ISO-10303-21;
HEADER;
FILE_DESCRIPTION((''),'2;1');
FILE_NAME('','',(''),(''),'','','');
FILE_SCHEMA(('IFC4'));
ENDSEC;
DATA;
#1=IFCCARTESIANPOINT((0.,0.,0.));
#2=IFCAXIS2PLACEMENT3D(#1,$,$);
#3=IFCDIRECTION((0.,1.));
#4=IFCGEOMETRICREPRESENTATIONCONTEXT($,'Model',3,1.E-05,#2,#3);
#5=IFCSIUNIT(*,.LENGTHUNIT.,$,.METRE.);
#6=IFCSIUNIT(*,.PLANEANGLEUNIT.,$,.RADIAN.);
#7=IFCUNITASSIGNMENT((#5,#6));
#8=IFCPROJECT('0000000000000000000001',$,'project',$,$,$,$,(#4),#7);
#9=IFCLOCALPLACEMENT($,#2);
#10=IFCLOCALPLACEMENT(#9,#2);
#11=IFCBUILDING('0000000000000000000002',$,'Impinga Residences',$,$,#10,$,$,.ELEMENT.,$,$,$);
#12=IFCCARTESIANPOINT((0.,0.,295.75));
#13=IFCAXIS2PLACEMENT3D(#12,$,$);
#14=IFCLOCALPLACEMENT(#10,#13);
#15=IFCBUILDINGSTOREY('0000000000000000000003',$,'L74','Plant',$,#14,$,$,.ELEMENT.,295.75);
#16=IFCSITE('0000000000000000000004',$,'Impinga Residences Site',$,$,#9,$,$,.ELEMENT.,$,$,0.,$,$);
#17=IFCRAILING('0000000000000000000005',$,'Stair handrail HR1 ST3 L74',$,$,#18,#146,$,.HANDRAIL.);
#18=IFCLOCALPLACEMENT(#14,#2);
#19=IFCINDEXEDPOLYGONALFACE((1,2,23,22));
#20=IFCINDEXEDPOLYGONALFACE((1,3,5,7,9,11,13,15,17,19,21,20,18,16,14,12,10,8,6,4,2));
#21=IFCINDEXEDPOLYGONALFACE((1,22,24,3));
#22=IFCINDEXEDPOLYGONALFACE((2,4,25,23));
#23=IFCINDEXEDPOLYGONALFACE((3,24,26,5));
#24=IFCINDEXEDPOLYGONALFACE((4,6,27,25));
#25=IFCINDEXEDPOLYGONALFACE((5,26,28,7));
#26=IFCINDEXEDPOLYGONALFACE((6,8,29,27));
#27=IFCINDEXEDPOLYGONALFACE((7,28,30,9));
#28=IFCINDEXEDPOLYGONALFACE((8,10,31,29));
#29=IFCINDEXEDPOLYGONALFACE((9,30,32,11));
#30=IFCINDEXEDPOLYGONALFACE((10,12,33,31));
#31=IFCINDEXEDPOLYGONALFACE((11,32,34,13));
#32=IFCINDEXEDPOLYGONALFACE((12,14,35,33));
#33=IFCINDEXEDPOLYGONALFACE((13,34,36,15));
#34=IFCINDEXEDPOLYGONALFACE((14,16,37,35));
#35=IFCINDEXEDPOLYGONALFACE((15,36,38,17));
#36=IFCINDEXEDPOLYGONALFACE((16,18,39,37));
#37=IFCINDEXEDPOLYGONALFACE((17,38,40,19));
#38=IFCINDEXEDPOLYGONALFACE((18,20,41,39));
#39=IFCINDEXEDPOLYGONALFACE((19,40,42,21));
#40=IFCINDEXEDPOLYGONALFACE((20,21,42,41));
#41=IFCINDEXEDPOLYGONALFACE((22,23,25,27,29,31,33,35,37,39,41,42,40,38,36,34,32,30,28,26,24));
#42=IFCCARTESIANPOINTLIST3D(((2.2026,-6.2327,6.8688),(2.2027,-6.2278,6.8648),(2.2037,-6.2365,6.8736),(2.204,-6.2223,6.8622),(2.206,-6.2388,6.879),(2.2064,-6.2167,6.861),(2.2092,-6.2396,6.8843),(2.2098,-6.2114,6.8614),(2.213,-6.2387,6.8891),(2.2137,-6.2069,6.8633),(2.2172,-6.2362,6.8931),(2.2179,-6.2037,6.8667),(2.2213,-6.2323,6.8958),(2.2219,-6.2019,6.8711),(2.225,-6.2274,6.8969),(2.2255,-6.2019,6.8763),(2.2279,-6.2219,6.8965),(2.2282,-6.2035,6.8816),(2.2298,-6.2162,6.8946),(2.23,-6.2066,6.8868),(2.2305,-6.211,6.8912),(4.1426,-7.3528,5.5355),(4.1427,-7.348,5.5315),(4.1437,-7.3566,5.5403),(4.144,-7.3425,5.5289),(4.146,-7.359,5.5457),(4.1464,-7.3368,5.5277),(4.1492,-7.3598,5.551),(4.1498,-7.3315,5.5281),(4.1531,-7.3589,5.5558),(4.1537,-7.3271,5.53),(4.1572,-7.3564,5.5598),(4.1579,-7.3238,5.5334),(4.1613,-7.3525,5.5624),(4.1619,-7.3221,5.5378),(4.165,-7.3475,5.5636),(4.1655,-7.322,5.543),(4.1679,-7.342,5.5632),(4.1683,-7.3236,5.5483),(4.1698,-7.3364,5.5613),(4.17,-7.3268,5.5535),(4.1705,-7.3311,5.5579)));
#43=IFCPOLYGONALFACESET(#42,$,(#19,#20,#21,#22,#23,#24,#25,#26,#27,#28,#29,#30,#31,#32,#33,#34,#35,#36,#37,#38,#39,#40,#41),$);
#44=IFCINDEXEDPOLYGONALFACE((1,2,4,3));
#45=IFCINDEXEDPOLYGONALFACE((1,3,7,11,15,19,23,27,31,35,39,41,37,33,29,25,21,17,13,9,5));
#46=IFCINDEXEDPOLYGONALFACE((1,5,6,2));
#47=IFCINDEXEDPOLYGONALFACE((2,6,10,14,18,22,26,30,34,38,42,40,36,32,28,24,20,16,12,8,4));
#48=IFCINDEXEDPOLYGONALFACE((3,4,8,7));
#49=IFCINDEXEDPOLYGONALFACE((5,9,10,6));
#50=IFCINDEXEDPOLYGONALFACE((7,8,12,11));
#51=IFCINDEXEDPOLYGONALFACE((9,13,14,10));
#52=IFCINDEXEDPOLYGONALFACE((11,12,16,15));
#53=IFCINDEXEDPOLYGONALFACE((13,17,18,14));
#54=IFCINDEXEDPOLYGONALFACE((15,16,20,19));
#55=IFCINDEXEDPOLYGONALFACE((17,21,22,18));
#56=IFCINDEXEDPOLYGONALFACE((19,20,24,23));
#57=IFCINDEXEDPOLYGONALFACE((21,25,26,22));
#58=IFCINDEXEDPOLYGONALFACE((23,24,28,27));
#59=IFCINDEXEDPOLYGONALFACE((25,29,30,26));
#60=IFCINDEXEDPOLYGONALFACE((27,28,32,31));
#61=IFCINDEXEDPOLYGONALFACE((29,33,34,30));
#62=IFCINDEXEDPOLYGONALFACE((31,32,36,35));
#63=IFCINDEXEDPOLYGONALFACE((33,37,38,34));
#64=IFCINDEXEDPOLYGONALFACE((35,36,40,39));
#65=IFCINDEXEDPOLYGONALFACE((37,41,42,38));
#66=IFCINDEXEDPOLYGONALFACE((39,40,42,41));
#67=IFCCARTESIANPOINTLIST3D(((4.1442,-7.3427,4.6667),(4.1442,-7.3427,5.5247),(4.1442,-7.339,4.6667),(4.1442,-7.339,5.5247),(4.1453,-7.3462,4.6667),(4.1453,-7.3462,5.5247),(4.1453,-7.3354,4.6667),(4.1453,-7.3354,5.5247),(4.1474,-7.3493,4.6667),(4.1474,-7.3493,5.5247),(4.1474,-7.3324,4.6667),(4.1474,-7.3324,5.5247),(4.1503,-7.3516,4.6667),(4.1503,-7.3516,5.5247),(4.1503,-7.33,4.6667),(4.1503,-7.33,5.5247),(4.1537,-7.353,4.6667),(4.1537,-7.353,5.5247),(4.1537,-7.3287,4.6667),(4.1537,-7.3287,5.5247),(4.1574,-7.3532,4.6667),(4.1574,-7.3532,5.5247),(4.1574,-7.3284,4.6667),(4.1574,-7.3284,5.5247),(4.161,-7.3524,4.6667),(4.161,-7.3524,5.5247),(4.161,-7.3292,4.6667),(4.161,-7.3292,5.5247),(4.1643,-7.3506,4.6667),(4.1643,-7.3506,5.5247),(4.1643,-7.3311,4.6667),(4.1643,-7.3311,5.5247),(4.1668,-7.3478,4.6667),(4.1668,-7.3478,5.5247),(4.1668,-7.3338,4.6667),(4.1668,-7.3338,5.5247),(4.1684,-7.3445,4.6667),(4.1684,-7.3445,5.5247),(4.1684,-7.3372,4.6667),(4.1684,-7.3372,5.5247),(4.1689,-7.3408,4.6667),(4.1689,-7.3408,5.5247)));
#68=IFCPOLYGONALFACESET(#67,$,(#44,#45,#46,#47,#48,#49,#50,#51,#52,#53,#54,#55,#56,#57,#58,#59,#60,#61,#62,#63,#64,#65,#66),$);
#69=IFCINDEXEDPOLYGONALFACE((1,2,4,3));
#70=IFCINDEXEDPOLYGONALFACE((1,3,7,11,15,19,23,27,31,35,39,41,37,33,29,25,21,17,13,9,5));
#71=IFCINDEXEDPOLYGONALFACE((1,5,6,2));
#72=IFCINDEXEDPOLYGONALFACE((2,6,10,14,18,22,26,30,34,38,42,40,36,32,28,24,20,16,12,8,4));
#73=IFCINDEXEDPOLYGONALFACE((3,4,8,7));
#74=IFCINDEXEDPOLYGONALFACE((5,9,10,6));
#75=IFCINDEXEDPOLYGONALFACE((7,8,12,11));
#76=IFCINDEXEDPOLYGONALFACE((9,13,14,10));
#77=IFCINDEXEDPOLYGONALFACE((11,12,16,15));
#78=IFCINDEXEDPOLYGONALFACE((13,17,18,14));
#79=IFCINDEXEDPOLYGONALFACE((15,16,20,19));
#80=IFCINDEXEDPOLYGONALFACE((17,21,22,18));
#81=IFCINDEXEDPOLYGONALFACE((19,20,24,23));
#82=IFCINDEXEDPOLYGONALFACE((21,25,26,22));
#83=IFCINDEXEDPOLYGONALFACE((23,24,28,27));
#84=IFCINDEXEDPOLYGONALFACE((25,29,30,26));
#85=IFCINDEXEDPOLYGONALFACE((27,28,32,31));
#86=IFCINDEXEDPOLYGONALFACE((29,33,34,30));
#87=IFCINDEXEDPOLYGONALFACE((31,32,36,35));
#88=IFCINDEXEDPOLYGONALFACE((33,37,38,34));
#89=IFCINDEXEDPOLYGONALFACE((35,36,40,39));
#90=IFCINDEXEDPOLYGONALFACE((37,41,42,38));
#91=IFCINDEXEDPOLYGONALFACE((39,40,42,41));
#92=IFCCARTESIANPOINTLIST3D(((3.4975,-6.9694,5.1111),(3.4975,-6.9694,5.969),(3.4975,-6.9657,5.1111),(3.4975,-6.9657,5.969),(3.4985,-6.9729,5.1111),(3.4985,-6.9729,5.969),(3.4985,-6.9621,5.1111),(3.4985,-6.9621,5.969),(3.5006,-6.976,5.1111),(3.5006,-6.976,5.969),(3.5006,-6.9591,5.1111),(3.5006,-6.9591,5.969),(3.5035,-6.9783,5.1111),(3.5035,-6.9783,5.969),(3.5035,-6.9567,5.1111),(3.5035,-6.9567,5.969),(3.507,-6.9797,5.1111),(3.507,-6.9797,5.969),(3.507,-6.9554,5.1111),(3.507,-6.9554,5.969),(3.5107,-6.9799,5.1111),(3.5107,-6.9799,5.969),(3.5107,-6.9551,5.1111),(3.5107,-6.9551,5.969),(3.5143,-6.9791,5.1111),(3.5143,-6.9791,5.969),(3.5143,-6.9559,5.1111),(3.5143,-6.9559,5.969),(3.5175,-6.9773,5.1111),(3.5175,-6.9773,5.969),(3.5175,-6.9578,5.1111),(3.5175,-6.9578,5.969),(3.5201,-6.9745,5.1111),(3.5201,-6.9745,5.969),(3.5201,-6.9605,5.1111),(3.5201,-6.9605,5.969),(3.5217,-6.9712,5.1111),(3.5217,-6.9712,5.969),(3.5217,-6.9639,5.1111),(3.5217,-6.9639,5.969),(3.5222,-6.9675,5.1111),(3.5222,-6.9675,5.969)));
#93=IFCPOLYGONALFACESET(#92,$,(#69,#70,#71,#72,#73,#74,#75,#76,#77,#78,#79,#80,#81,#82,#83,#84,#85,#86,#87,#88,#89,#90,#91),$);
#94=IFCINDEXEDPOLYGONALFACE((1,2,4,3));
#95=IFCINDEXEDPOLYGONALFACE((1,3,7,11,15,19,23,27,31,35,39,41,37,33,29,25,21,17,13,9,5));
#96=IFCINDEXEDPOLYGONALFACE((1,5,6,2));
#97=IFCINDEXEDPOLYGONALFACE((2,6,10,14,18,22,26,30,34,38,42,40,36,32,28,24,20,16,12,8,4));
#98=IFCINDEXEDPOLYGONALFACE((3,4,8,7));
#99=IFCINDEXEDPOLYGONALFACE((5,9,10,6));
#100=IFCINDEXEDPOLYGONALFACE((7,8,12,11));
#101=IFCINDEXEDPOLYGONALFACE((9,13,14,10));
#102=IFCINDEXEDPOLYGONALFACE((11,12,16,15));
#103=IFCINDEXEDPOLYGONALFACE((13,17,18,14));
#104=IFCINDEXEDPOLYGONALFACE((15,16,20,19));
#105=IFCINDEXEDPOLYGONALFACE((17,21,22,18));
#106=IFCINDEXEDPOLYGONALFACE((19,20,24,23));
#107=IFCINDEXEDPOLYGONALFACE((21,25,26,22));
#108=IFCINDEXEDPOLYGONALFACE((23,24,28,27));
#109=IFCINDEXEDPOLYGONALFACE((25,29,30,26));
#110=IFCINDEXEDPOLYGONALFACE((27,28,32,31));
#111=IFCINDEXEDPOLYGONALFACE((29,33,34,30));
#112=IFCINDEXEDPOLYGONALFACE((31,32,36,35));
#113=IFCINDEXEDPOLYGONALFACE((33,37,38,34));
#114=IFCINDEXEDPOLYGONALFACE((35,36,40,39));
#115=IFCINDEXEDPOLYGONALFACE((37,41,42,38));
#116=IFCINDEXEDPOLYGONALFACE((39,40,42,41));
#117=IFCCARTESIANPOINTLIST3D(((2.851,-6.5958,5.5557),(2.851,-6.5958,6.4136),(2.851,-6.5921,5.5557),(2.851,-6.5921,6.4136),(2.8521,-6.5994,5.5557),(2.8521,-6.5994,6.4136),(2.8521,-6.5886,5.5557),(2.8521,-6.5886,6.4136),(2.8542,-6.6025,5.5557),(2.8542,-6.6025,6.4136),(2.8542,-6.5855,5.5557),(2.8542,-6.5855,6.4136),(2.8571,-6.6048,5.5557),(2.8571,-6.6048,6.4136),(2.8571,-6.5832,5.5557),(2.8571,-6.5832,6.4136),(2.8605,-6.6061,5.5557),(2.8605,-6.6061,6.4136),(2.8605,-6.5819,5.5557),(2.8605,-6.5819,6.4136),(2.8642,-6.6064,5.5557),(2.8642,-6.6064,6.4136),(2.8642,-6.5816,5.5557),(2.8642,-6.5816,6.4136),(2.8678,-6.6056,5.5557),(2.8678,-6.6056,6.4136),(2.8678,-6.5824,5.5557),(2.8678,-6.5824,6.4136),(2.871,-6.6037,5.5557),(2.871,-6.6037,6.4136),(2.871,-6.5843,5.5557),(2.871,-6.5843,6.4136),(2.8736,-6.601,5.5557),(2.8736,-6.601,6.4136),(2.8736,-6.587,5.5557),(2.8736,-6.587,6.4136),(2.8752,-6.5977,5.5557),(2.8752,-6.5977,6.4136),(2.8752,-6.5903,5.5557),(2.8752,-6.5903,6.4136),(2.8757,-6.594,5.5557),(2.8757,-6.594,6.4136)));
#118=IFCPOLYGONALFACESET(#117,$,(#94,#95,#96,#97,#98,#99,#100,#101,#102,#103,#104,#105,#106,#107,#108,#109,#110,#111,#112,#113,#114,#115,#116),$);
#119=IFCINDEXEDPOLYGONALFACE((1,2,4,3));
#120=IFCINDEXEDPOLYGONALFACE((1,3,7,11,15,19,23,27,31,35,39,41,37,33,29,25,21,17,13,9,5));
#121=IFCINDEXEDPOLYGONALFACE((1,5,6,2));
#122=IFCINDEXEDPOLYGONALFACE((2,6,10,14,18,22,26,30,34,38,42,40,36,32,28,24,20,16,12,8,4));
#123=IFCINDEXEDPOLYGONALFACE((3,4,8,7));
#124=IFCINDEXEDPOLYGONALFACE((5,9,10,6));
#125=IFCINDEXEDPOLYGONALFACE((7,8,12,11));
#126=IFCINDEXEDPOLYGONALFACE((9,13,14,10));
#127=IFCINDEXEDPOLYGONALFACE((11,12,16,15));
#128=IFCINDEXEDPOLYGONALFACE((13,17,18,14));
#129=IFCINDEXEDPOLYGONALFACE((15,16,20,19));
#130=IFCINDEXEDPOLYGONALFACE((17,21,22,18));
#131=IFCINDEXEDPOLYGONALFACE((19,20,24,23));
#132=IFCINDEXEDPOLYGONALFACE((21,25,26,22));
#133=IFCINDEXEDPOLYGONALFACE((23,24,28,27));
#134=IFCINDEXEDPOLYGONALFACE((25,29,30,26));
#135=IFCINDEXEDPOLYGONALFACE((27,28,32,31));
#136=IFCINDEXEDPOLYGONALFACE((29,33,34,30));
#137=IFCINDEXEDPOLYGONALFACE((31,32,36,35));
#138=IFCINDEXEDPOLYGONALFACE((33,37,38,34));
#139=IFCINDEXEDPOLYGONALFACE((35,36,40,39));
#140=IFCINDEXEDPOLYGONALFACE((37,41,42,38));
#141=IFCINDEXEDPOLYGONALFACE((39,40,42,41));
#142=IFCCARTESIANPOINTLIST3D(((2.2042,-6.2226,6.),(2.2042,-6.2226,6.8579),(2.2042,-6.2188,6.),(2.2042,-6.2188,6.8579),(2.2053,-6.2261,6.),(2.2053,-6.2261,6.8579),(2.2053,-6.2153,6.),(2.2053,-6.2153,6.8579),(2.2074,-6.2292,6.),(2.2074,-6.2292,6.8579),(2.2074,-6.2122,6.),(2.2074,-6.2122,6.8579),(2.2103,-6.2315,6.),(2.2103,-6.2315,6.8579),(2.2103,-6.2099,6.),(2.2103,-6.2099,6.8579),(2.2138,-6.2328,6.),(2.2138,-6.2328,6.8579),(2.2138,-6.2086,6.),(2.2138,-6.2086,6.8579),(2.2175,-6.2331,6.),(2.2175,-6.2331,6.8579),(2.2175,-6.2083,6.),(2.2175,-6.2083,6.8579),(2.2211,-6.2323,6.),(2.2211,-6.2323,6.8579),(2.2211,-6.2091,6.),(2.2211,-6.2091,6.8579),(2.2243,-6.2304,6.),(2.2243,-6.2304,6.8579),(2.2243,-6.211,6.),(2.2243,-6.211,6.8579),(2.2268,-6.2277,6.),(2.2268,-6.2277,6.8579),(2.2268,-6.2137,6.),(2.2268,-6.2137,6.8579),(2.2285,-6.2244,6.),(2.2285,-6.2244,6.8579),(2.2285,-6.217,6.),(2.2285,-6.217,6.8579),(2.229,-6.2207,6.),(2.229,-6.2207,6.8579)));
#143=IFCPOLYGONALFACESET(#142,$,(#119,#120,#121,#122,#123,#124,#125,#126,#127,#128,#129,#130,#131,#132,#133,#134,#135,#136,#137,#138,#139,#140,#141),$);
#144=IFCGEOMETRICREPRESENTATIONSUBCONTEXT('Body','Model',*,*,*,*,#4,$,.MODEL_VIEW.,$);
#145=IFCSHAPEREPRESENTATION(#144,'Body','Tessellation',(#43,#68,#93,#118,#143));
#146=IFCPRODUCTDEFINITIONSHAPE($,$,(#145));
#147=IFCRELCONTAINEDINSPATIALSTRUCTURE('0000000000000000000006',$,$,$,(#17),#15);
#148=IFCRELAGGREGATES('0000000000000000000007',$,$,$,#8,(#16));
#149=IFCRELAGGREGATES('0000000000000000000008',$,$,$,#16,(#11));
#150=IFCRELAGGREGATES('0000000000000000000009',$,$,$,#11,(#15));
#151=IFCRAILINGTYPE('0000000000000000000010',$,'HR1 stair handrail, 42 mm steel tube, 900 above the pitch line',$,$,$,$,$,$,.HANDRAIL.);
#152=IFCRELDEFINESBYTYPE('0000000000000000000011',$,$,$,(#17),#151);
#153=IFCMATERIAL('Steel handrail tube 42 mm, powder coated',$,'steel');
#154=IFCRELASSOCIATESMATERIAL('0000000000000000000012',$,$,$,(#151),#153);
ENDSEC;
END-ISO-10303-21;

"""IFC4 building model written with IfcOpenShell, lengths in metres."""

from ifc_helpers import new_model, si_unit, direction, frame, origin, origin_2d, place, context, subcontext, project, spatial, circle, extrude, material, type_object, element, save


model = new_model("IFC4")

# Units and contexts
model_context = context("Model", 3, precision=1e-05, world=origin(), true_north=direction((0.0, 1.0)))
body_context = subcontext(model_context, "Body", "Model", "MODEL_VIEW")
ifc_project = project(units=[si_unit("LENGTHUNIT", "METRE"), si_unit("PLANEANGLEUNIT", "RADIAN")], contexts=[model_context])

# Site, building, storey
site_placement = place(None, origin())
site = spatial("IfcSite", under=ifc_project, at=site_placement, Name="Impinga Residences Site", CompositionType="ELEMENT", RefElevation=0.0)
building_placement = place(site_placement, origin())
building = spatial("IfcBuilding", under=site, at=building_placement, Name="Impinga Residences", CompositionType="ELEMENT")
storey_placement = place(building_placement, frame((0.0, 0.0, 295.75)))
storey = spatial("IfcBuildingStorey", under=building, at=storey_placement, Name="L74", Description="Plant", CompositionType="ELEMENT", Elevation=295.75)

# Railing
ifc_material_1 = material(Name="Steel handrail tube 42 mm, powder coated", Category="steel")
railing_type_1 = type_object("IfcRailingType", Name="HR1 stair handrail, 42 mm steel tube, 900 above the pitch line", PredefinedType="HANDRAIL", material=ifc_material_1)
railing_1_placement = place(storey_placement, frame((4.1565, -7.3408, 4.6667)))
element("IfcRailing", 1, at=railing_1_placement, inside=storey, type_object=railing_type_1, Name="Stair handrail HR1 ST3 L74", PredefinedType="HANDRAIL", context=body_context, shape_type="SweptSolid", body=[
    extrude(circle(Radius=0.021, at=origin_2d()), frame((0.0, 0.0, 0.8789), z_axis=(-0.744175, 0.429684, 0.511444), x_axis=(-0.500031, -0.866008, 0.0)), (0.0, 0.0, 1.0), 2.6069),
    extrude(circle(Radius=0.0125, at=origin_2d()), origin(), (0.0, 0.0, 1.0), 0.8579),
    extrude(circle(Radius=0.0125, at=origin_2d()), frame((-0.6467, 0.3733, 0.4443)), (0.0, 0.0, 1.0), 0.8579),
    extrude(circle(Radius=0.0125, at=origin_2d()), frame((-1.2932, 0.7468, 0.8889)), (0.0, 0.0, 1.0), 0.8579),
    extrude(circle(Radius=0.0125, at=origin_2d()), frame((-1.9399, 1.1201, 1.3333)), (0.0, 0.0, 1.0), 0.8579),
])

save(model, "model.ifc")
